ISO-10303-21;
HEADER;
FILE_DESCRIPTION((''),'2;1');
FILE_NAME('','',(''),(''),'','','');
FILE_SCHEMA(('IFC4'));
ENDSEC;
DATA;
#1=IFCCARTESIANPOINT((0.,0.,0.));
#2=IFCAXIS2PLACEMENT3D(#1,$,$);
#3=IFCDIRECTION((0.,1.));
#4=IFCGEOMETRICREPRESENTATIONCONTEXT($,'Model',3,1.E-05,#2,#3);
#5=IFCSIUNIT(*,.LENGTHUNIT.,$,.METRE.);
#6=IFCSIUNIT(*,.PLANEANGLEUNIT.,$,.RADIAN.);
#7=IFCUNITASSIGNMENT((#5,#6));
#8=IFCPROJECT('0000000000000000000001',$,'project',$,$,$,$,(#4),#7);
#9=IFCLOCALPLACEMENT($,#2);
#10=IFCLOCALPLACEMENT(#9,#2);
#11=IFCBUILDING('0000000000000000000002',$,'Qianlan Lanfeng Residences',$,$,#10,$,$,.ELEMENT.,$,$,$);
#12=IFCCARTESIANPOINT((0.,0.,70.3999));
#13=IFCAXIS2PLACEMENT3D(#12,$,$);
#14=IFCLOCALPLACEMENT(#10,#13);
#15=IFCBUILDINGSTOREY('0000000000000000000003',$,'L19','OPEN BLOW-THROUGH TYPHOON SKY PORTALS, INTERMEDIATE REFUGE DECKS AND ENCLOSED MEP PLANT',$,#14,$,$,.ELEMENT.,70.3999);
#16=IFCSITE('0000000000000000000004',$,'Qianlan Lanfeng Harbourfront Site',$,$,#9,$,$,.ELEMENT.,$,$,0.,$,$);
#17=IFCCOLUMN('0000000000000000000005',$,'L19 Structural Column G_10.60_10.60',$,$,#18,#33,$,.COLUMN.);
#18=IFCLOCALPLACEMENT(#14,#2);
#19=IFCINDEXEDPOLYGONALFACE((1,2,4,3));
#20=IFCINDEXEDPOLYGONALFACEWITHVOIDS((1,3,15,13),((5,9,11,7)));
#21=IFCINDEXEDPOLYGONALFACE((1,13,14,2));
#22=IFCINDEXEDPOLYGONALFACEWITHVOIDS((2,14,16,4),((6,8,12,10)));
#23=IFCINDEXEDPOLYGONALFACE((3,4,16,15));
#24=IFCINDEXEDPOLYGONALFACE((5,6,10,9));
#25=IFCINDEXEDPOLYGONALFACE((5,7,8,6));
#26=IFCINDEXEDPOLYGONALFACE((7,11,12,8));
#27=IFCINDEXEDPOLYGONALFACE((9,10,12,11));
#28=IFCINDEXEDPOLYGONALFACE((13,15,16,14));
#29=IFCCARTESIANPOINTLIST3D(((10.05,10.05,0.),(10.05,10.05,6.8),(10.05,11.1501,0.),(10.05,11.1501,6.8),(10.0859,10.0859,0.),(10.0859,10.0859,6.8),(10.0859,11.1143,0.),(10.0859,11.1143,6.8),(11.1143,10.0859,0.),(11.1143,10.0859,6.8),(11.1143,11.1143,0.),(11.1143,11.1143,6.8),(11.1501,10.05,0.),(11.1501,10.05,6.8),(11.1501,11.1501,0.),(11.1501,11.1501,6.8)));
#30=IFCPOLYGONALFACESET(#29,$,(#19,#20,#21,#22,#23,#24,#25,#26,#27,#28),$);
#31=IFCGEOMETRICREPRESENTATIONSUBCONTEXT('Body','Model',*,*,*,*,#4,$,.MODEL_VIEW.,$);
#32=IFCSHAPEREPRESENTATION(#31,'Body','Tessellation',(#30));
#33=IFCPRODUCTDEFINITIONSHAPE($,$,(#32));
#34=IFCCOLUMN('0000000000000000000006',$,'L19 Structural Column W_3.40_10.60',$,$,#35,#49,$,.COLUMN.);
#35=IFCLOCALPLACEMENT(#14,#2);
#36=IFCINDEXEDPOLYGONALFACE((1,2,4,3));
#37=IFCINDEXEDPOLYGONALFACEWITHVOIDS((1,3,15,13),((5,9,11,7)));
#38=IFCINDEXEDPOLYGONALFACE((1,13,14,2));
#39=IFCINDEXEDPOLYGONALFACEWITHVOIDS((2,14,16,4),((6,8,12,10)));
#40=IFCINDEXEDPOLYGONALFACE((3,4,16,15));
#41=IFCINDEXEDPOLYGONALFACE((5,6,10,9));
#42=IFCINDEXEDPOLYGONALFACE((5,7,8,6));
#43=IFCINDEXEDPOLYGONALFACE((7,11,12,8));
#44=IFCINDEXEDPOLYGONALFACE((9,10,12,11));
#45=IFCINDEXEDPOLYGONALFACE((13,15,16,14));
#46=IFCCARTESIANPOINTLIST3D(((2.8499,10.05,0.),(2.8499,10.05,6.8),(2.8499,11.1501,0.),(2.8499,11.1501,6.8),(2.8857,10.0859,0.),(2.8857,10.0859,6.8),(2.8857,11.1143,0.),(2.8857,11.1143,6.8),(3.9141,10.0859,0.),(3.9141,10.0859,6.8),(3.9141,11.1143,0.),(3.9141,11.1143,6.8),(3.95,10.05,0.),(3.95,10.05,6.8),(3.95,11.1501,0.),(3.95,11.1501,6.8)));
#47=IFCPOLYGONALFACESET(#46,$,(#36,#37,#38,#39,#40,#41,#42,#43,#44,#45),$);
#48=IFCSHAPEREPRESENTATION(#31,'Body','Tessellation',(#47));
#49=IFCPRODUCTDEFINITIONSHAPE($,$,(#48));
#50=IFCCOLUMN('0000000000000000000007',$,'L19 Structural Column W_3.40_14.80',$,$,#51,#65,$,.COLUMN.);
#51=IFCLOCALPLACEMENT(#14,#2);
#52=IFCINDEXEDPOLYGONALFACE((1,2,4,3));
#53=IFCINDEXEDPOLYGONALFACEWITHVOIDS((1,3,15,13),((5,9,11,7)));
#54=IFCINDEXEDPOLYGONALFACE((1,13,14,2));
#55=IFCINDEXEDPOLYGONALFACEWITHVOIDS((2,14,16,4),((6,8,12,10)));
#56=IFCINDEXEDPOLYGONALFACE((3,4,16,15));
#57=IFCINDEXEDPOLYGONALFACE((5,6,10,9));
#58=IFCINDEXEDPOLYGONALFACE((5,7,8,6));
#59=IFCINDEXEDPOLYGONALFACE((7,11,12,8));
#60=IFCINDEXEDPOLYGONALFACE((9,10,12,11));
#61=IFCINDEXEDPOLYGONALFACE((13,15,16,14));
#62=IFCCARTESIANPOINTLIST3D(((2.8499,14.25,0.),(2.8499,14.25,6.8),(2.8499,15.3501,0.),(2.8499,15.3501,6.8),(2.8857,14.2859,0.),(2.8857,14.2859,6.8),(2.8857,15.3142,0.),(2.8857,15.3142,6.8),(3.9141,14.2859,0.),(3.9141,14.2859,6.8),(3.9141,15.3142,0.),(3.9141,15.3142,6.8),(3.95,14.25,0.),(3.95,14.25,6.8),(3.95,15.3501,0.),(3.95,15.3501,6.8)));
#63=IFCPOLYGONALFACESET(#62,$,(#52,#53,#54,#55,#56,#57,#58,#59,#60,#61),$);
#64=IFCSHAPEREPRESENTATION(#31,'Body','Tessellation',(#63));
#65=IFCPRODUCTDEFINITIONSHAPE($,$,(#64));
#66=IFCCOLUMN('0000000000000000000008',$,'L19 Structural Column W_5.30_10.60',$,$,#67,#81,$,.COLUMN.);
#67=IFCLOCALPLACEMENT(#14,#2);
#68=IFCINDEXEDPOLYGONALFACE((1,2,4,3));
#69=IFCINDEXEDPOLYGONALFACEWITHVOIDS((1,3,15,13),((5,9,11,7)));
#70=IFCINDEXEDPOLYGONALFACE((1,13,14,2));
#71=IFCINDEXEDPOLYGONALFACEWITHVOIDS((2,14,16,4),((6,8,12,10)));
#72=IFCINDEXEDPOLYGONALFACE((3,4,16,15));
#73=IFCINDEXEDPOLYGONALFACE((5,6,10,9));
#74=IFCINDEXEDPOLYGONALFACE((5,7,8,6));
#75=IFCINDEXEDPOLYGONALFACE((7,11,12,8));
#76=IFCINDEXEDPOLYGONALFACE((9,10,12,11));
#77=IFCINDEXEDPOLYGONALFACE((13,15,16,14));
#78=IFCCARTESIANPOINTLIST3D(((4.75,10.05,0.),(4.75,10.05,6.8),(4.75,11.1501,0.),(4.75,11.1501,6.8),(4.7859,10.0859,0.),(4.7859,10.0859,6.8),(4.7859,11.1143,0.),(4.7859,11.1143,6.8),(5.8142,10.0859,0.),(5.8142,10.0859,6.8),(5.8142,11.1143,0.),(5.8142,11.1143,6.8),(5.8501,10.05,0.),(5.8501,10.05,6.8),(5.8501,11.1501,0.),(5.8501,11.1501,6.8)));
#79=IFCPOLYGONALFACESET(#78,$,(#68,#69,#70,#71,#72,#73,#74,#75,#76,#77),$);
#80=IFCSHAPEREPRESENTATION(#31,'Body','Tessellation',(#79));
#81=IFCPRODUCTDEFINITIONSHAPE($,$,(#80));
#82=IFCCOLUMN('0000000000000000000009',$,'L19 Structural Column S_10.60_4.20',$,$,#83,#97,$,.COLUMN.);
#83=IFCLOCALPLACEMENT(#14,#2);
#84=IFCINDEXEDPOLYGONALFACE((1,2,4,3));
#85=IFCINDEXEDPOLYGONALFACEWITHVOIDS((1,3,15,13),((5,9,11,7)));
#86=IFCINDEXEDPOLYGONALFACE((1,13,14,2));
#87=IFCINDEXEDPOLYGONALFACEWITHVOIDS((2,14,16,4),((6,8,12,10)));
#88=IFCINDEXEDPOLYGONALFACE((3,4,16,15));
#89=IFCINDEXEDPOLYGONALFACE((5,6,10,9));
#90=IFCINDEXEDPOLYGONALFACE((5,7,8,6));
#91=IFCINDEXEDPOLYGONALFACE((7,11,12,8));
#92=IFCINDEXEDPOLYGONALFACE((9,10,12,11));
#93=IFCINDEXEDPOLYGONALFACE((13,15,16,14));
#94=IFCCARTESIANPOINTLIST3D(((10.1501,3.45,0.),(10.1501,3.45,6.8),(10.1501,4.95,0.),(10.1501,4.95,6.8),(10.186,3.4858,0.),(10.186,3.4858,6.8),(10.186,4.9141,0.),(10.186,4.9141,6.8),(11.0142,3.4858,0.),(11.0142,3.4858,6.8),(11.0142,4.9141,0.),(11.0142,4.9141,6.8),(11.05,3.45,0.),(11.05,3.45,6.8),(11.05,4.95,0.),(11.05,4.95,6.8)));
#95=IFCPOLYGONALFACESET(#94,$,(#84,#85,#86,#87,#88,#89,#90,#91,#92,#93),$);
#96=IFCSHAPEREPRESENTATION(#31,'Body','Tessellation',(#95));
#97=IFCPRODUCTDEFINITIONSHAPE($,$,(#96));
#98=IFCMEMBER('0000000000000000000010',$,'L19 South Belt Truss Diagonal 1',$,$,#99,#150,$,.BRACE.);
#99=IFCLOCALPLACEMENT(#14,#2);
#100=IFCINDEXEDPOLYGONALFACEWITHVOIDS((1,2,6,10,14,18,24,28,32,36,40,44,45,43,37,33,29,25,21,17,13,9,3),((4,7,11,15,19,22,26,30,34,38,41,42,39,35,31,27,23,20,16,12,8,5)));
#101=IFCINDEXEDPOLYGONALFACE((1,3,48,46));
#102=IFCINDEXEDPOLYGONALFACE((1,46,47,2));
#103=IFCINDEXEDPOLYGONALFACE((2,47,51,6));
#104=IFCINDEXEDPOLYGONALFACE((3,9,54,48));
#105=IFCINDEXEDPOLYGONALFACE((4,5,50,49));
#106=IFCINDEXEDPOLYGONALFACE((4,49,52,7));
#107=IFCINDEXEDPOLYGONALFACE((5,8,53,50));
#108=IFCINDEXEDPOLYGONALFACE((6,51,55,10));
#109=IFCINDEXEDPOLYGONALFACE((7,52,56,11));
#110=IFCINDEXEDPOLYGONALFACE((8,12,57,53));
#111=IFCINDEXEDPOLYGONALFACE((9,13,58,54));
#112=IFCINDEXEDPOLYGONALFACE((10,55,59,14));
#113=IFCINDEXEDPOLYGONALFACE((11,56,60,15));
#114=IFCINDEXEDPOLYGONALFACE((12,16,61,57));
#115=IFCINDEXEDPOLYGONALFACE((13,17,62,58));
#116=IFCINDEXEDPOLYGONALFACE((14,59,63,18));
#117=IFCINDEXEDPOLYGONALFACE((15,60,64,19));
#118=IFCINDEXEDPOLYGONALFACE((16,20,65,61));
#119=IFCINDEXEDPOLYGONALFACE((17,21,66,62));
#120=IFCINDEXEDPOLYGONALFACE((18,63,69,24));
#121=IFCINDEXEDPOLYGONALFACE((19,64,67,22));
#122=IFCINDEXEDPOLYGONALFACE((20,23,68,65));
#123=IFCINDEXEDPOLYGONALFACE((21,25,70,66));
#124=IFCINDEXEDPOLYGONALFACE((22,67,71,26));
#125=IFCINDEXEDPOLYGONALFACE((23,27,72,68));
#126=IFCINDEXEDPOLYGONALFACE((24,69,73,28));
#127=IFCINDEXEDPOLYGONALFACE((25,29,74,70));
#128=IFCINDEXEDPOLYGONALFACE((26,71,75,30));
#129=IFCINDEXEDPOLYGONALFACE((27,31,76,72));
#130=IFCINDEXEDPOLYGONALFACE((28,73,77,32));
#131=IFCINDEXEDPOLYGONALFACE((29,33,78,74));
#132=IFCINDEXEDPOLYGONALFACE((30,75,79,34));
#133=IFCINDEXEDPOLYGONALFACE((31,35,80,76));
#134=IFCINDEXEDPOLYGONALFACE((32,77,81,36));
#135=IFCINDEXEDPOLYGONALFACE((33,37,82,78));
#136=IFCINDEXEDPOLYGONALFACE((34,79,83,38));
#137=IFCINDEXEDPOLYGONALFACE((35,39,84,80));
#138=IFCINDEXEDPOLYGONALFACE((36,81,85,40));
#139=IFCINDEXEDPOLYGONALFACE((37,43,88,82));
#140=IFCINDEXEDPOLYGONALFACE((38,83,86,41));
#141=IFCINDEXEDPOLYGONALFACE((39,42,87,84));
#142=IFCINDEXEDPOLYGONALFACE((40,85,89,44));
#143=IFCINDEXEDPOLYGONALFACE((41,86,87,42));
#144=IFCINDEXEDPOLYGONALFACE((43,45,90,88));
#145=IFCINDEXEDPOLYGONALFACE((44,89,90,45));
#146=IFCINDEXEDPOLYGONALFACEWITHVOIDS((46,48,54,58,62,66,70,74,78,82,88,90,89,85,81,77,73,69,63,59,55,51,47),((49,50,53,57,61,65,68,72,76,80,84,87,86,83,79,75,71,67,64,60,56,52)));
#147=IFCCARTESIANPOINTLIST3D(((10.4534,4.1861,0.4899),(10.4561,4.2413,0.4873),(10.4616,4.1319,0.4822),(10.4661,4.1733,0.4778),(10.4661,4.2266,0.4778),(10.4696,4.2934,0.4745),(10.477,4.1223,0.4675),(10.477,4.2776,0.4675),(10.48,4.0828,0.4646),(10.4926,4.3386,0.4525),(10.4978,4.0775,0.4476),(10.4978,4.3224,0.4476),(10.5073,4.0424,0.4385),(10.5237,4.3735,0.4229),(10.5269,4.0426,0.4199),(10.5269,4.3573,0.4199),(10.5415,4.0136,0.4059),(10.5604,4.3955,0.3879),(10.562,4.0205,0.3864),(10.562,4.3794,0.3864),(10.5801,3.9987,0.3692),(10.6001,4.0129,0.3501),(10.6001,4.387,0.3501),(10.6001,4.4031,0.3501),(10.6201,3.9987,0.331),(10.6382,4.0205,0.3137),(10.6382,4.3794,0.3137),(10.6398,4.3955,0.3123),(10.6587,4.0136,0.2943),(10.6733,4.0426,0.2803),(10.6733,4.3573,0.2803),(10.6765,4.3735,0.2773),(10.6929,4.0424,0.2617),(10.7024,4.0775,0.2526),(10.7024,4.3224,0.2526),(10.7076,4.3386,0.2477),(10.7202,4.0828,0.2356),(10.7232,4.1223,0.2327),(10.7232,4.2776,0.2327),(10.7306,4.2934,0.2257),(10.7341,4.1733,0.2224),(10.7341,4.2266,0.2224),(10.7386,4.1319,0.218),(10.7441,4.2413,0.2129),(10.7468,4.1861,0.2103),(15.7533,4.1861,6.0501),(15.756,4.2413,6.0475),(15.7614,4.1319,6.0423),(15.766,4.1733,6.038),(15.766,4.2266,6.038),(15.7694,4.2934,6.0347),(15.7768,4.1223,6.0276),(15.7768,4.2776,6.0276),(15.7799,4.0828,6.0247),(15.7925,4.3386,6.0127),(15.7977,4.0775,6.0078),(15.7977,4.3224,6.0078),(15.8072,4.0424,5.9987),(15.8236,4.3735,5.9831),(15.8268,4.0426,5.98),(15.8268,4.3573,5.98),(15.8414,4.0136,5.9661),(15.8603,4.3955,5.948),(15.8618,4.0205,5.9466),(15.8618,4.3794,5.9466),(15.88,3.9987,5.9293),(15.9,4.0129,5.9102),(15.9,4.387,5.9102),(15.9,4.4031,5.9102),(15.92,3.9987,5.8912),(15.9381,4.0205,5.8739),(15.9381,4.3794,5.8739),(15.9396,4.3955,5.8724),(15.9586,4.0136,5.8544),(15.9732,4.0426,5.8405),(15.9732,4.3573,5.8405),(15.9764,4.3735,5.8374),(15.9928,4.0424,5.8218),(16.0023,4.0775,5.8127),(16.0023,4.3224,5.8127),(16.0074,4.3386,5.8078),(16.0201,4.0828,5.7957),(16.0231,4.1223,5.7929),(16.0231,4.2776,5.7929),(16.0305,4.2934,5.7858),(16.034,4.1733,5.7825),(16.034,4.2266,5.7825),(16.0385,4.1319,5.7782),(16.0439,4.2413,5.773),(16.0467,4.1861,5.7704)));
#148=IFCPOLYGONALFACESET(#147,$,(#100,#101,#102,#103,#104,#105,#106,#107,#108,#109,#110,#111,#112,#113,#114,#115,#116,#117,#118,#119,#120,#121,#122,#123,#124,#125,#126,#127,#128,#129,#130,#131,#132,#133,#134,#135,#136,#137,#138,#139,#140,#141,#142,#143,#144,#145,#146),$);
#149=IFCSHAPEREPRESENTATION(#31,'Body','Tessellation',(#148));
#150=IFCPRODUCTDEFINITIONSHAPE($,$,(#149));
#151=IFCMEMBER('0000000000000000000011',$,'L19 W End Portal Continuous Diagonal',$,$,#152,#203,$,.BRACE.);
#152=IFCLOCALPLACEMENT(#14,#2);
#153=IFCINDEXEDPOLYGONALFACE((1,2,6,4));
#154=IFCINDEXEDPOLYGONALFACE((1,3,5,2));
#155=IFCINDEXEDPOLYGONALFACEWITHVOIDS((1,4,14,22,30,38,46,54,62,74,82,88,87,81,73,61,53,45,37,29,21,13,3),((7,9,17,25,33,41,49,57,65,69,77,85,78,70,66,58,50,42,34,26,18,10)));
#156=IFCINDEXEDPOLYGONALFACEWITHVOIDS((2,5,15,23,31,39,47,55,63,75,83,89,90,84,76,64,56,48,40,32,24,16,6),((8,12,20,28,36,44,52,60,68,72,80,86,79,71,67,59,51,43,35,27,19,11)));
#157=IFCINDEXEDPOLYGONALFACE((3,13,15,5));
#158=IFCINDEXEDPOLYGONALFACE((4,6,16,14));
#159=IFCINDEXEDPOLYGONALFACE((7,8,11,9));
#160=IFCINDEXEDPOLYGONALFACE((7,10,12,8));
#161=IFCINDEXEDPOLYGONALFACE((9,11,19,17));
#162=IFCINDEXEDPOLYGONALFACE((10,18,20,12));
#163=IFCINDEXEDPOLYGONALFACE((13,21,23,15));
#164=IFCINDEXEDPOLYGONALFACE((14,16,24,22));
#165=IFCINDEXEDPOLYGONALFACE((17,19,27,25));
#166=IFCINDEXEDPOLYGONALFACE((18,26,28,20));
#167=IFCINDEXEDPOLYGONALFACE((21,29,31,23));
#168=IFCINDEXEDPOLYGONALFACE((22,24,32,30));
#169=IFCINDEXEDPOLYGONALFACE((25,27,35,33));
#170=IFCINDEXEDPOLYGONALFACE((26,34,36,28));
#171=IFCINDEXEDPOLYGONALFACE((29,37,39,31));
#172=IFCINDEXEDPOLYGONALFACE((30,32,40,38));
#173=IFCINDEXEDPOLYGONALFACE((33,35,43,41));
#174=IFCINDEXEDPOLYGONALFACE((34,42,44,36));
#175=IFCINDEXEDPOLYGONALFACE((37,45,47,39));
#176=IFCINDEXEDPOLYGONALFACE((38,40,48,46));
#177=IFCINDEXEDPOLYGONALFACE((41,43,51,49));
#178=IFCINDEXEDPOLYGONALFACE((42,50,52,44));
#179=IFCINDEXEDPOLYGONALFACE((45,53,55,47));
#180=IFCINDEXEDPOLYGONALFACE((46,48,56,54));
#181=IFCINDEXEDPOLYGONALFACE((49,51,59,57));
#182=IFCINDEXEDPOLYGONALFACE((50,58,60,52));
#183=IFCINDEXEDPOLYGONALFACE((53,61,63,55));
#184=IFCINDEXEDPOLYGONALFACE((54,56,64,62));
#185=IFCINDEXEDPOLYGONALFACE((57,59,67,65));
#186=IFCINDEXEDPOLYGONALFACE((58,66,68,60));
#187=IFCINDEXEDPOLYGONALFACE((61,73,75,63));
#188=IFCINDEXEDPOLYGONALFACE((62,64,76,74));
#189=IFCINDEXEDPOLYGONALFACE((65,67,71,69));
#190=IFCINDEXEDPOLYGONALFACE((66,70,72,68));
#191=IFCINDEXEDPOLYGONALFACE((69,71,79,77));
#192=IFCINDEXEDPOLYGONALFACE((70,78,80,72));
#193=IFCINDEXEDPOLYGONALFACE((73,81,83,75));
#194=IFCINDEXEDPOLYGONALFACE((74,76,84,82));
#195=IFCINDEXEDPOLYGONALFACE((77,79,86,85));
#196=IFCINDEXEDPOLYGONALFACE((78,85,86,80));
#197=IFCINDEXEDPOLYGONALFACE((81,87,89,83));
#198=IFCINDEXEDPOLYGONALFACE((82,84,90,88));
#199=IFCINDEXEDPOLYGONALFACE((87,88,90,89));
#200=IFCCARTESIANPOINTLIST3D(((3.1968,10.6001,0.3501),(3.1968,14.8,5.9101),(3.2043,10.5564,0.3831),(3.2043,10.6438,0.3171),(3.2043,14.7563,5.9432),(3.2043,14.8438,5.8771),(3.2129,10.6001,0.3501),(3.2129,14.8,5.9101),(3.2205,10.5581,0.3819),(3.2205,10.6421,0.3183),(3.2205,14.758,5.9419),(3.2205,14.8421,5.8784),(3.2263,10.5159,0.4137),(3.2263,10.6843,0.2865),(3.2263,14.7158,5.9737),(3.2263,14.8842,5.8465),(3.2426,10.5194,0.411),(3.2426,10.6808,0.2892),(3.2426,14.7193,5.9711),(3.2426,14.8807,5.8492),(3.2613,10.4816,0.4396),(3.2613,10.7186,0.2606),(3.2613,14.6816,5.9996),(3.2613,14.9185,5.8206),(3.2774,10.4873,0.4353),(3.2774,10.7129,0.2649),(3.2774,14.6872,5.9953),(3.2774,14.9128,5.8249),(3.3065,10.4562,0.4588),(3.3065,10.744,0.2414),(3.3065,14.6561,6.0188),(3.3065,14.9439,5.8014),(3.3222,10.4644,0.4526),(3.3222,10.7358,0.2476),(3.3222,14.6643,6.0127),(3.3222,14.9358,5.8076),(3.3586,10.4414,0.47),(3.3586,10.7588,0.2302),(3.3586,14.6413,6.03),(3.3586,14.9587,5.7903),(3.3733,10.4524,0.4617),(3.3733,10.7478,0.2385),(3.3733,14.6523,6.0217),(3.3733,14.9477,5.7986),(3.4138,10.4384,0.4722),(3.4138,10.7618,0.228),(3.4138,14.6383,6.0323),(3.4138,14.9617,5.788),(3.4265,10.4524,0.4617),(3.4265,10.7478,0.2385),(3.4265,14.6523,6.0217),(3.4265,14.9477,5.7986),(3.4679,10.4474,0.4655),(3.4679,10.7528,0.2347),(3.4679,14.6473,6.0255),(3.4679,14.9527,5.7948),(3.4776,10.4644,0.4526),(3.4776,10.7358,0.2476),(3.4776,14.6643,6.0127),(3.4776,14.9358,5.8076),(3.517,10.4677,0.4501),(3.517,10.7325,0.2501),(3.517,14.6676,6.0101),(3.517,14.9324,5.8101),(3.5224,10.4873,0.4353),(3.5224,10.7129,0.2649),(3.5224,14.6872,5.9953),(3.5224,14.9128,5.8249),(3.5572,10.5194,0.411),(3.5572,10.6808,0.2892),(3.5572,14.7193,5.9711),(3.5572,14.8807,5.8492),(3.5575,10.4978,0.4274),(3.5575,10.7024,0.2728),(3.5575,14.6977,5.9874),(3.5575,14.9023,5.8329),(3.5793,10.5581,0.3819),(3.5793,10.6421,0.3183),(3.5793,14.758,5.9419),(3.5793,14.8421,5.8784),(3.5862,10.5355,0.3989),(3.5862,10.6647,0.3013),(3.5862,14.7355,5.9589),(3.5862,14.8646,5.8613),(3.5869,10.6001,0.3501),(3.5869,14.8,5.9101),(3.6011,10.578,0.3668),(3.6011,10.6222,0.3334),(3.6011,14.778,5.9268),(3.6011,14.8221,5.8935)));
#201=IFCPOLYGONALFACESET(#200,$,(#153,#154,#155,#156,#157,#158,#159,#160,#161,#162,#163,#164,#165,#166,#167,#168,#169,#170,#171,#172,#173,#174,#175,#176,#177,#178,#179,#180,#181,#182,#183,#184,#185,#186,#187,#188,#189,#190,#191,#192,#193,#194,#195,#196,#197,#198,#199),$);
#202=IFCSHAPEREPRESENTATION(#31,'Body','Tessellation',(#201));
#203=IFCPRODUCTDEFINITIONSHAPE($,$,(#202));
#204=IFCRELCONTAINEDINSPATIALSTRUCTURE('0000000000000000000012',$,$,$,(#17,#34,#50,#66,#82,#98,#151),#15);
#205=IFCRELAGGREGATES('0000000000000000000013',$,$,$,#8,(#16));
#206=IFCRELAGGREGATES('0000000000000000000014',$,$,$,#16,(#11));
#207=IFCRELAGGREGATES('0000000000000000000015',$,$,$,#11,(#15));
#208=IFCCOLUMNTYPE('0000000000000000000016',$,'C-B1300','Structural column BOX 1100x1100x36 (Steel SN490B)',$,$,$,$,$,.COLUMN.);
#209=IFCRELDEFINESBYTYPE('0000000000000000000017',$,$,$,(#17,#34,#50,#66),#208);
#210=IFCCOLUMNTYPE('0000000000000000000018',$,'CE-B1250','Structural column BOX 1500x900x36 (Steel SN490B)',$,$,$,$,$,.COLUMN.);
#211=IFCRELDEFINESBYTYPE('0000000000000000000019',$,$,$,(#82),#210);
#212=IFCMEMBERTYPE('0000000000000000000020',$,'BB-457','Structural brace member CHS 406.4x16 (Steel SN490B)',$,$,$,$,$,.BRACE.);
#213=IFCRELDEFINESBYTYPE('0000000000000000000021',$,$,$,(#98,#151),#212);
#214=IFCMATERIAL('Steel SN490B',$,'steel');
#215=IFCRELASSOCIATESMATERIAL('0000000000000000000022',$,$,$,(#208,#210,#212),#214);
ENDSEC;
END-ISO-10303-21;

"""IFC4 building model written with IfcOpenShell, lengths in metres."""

from ifc_helpers import new_model, si_unit, direction, frame, origin, origin_2d, place, context, subcontext, project, spatial, hollow_rectangle, hollow_circle, extrude, material, material_profile, profile_set, type_object, element, save


model = new_model("IFC4")

# Units and contexts
model_context = context("Model", 3, precision=1e-05, world=origin(), true_north=direction((0.0, 1.0)))
body_context = subcontext(model_context, "Body", "Model", "MODEL_VIEW")
ifc_project = project(units=[si_unit("LENGTHUNIT", "METRE"), si_unit("PLANEANGLEUNIT", "RADIAN")], contexts=[model_context])

# Site, building, storey
site_placement = place(None, origin())
site = spatial("IfcSite", under=ifc_project, at=site_placement, Name="Qianlan Lanfeng Harbourfront Site", CompositionType="ELEMENT", RefElevation=0.0)
building_placement = place(site_placement, origin())
building = spatial("IfcBuilding", under=site, at=building_placement, Name="Qianlan Lanfeng Residences", CompositionType="ELEMENT")
storey_placement = place(building_placement, frame((0.0, 0.0, 70.3999)))
storey = spatial("IfcBuildingStorey", under=building, at=storey_placement, Name="L19", Description="OPEN BLOW-THROUGH TYPHOON SKY PORTALS, INTERMEDIATE REFUGE DECKS AND ENCLOSED MEP PLANT", CompositionType="ELEMENT", Elevation=70.3999)

# Columns
ifc_material_1 = material(Name="Steel SN490B", Category="steel")
ifc_material_profile_1 = material_profile(ifc_material_1, hollow_rectangle(XDim=1.1001, YDim=1.1001, WallThickness=0.0359, at=origin_2d()), Name="BOX 1100x1100x36")
ifc_profile_set_1 = profile_set([ifc_material_profile_1], Name="Steel SN490B")
column_type_1 = type_object("IfcColumnType", Name="C-B1300", Description="Structural column BOX 1100x1100x36 (Steel SN490B)", PredefinedType="COLUMN", material=ifc_profile_set_1)
for number, where, z_axis, x_axis, name in (
    (1, (10.6001, 10.6001, 0.0), (0.0, 0.0, 1.0), (1.0, 0.0, 0.0), "L19 Structural Column G_10.60_10.60"),
    (2, (3.3999, 10.6001, 0.0), (0.0, 0.0, 1.0), (1.0, 0.0, 0.0), "L19 Structural Column W_3.40_10.60"),
    (3, (3.3999, 14.8, 0.0), (0.0, 0.0, 1.0), (1.0, 0.0, 0.0), "L19 Structural Column W_3.40_14.80"),
    (4, (5.3, 10.6001, 0.0), (0.0, 0.0, 1.0), (1.0, 0.0, 0.0), "L19 Structural Column W_5.30_10.60"),
):
    element("IfcColumn", number, at=place(storey_placement, frame(where, z_axis=z_axis, x_axis=x_axis)), inside=storey, type_object=column_type_1, Name=name, PredefinedType="COLUMN", context=body_context, shape_type="SweptSolid", body=[
        extrude(hollow_rectangle(XDim=1.1001, YDim=1.1001, WallThickness=0.0359, at=origin_2d()), origin(), (0.0, 0.0, 1.0), 6.8),
    ])
ifc_material_profile_2 = material_profile(ifc_material_1, hollow_rectangle(XDim=0.8999, YDim=1.5, WallThickness=0.0359, at=origin_2d()), Name="BOX 1500x900x36")
ifc_profile_set_2 = profile_set([ifc_material_profile_2], Name="Steel SN490B")
column_type_2 = type_object("IfcColumnType", Name="CE-B1250", Description="Structural column BOX 1500x900x36 (Steel SN490B)", PredefinedType="COLUMN", material=ifc_profile_set_2)
column_placement = place(storey_placement, frame((10.6001, 4.2, 0.0), z_axis=(0.0, 0.0, 1.0), x_axis=(1.0, 0.0, 0.0)))
element("IfcColumn", 5, at=column_placement, inside=storey, type_object=column_type_2, Name="L19 Structural Column S_10.60_4.20", PredefinedType="COLUMN", context=body_context, shape_type="SweptSolid", body=[
    extrude(hollow_rectangle(XDim=0.8999, YDim=1.5, WallThickness=0.0359, at=origin_2d()), origin(), (0.0, 0.0, 1.0), 6.8),
])

# Members
ifc_material_profile_3 = material_profile(ifc_material_1, hollow_circle(Radius=0.2031, WallThickness=0.0161, at=origin_2d()), Name="CHS 406.4x16")
ifc_profile_set_3 = profile_set([ifc_material_profile_3], Name="Steel SN490B")
member_type_1 = type_object("IfcMemberType", Name="BB-457", Description="Structural brace member CHS 406.4x16 (Steel SN490B)", PredefinedType="BRACE", material=ifc_profile_set_3)
member_1_placement = place(storey_placement, frame((10.6001, 4.2, 0.3501), z_axis=(0.689963, 0.0, 0.723845), x_axis=(0.0, 1.0, 0.0)))
element("IfcMember", 6, at=member_1_placement, inside=storey, type_object=member_type_1, Name="L19 South Belt Truss Diagonal 1", PredefinedType="BRACE", context=body_context, shape_type="SweptSolid", body=[
    extrude(hollow_circle(Radius=0.2031, WallThickness=0.0161, at=origin_2d()), origin(), (0.0, 0.0, 1.0), 7.6814),
])
member_2_placement = place(storey_placement, frame((3.3999, 10.6001, 0.3501), z_axis=(0.0, 0.602743, 0.797935), x_axis=(-1.0, 0.0, 0.0)))
element("IfcMember", 7, at=member_2_placement, inside=storey, type_object=member_type_1, Name="L19 W End Portal Continuous Diagonal", PredefinedType="BRACE", context=body_context, shape_type="SweptSolid", body=[
    extrude(hollow_circle(Radius=0.2031, WallThickness=0.0161, at=origin_2d()), origin(), (0.0, 0.0, 1.0), 6.968),
])

save(model, "model.ifc")
